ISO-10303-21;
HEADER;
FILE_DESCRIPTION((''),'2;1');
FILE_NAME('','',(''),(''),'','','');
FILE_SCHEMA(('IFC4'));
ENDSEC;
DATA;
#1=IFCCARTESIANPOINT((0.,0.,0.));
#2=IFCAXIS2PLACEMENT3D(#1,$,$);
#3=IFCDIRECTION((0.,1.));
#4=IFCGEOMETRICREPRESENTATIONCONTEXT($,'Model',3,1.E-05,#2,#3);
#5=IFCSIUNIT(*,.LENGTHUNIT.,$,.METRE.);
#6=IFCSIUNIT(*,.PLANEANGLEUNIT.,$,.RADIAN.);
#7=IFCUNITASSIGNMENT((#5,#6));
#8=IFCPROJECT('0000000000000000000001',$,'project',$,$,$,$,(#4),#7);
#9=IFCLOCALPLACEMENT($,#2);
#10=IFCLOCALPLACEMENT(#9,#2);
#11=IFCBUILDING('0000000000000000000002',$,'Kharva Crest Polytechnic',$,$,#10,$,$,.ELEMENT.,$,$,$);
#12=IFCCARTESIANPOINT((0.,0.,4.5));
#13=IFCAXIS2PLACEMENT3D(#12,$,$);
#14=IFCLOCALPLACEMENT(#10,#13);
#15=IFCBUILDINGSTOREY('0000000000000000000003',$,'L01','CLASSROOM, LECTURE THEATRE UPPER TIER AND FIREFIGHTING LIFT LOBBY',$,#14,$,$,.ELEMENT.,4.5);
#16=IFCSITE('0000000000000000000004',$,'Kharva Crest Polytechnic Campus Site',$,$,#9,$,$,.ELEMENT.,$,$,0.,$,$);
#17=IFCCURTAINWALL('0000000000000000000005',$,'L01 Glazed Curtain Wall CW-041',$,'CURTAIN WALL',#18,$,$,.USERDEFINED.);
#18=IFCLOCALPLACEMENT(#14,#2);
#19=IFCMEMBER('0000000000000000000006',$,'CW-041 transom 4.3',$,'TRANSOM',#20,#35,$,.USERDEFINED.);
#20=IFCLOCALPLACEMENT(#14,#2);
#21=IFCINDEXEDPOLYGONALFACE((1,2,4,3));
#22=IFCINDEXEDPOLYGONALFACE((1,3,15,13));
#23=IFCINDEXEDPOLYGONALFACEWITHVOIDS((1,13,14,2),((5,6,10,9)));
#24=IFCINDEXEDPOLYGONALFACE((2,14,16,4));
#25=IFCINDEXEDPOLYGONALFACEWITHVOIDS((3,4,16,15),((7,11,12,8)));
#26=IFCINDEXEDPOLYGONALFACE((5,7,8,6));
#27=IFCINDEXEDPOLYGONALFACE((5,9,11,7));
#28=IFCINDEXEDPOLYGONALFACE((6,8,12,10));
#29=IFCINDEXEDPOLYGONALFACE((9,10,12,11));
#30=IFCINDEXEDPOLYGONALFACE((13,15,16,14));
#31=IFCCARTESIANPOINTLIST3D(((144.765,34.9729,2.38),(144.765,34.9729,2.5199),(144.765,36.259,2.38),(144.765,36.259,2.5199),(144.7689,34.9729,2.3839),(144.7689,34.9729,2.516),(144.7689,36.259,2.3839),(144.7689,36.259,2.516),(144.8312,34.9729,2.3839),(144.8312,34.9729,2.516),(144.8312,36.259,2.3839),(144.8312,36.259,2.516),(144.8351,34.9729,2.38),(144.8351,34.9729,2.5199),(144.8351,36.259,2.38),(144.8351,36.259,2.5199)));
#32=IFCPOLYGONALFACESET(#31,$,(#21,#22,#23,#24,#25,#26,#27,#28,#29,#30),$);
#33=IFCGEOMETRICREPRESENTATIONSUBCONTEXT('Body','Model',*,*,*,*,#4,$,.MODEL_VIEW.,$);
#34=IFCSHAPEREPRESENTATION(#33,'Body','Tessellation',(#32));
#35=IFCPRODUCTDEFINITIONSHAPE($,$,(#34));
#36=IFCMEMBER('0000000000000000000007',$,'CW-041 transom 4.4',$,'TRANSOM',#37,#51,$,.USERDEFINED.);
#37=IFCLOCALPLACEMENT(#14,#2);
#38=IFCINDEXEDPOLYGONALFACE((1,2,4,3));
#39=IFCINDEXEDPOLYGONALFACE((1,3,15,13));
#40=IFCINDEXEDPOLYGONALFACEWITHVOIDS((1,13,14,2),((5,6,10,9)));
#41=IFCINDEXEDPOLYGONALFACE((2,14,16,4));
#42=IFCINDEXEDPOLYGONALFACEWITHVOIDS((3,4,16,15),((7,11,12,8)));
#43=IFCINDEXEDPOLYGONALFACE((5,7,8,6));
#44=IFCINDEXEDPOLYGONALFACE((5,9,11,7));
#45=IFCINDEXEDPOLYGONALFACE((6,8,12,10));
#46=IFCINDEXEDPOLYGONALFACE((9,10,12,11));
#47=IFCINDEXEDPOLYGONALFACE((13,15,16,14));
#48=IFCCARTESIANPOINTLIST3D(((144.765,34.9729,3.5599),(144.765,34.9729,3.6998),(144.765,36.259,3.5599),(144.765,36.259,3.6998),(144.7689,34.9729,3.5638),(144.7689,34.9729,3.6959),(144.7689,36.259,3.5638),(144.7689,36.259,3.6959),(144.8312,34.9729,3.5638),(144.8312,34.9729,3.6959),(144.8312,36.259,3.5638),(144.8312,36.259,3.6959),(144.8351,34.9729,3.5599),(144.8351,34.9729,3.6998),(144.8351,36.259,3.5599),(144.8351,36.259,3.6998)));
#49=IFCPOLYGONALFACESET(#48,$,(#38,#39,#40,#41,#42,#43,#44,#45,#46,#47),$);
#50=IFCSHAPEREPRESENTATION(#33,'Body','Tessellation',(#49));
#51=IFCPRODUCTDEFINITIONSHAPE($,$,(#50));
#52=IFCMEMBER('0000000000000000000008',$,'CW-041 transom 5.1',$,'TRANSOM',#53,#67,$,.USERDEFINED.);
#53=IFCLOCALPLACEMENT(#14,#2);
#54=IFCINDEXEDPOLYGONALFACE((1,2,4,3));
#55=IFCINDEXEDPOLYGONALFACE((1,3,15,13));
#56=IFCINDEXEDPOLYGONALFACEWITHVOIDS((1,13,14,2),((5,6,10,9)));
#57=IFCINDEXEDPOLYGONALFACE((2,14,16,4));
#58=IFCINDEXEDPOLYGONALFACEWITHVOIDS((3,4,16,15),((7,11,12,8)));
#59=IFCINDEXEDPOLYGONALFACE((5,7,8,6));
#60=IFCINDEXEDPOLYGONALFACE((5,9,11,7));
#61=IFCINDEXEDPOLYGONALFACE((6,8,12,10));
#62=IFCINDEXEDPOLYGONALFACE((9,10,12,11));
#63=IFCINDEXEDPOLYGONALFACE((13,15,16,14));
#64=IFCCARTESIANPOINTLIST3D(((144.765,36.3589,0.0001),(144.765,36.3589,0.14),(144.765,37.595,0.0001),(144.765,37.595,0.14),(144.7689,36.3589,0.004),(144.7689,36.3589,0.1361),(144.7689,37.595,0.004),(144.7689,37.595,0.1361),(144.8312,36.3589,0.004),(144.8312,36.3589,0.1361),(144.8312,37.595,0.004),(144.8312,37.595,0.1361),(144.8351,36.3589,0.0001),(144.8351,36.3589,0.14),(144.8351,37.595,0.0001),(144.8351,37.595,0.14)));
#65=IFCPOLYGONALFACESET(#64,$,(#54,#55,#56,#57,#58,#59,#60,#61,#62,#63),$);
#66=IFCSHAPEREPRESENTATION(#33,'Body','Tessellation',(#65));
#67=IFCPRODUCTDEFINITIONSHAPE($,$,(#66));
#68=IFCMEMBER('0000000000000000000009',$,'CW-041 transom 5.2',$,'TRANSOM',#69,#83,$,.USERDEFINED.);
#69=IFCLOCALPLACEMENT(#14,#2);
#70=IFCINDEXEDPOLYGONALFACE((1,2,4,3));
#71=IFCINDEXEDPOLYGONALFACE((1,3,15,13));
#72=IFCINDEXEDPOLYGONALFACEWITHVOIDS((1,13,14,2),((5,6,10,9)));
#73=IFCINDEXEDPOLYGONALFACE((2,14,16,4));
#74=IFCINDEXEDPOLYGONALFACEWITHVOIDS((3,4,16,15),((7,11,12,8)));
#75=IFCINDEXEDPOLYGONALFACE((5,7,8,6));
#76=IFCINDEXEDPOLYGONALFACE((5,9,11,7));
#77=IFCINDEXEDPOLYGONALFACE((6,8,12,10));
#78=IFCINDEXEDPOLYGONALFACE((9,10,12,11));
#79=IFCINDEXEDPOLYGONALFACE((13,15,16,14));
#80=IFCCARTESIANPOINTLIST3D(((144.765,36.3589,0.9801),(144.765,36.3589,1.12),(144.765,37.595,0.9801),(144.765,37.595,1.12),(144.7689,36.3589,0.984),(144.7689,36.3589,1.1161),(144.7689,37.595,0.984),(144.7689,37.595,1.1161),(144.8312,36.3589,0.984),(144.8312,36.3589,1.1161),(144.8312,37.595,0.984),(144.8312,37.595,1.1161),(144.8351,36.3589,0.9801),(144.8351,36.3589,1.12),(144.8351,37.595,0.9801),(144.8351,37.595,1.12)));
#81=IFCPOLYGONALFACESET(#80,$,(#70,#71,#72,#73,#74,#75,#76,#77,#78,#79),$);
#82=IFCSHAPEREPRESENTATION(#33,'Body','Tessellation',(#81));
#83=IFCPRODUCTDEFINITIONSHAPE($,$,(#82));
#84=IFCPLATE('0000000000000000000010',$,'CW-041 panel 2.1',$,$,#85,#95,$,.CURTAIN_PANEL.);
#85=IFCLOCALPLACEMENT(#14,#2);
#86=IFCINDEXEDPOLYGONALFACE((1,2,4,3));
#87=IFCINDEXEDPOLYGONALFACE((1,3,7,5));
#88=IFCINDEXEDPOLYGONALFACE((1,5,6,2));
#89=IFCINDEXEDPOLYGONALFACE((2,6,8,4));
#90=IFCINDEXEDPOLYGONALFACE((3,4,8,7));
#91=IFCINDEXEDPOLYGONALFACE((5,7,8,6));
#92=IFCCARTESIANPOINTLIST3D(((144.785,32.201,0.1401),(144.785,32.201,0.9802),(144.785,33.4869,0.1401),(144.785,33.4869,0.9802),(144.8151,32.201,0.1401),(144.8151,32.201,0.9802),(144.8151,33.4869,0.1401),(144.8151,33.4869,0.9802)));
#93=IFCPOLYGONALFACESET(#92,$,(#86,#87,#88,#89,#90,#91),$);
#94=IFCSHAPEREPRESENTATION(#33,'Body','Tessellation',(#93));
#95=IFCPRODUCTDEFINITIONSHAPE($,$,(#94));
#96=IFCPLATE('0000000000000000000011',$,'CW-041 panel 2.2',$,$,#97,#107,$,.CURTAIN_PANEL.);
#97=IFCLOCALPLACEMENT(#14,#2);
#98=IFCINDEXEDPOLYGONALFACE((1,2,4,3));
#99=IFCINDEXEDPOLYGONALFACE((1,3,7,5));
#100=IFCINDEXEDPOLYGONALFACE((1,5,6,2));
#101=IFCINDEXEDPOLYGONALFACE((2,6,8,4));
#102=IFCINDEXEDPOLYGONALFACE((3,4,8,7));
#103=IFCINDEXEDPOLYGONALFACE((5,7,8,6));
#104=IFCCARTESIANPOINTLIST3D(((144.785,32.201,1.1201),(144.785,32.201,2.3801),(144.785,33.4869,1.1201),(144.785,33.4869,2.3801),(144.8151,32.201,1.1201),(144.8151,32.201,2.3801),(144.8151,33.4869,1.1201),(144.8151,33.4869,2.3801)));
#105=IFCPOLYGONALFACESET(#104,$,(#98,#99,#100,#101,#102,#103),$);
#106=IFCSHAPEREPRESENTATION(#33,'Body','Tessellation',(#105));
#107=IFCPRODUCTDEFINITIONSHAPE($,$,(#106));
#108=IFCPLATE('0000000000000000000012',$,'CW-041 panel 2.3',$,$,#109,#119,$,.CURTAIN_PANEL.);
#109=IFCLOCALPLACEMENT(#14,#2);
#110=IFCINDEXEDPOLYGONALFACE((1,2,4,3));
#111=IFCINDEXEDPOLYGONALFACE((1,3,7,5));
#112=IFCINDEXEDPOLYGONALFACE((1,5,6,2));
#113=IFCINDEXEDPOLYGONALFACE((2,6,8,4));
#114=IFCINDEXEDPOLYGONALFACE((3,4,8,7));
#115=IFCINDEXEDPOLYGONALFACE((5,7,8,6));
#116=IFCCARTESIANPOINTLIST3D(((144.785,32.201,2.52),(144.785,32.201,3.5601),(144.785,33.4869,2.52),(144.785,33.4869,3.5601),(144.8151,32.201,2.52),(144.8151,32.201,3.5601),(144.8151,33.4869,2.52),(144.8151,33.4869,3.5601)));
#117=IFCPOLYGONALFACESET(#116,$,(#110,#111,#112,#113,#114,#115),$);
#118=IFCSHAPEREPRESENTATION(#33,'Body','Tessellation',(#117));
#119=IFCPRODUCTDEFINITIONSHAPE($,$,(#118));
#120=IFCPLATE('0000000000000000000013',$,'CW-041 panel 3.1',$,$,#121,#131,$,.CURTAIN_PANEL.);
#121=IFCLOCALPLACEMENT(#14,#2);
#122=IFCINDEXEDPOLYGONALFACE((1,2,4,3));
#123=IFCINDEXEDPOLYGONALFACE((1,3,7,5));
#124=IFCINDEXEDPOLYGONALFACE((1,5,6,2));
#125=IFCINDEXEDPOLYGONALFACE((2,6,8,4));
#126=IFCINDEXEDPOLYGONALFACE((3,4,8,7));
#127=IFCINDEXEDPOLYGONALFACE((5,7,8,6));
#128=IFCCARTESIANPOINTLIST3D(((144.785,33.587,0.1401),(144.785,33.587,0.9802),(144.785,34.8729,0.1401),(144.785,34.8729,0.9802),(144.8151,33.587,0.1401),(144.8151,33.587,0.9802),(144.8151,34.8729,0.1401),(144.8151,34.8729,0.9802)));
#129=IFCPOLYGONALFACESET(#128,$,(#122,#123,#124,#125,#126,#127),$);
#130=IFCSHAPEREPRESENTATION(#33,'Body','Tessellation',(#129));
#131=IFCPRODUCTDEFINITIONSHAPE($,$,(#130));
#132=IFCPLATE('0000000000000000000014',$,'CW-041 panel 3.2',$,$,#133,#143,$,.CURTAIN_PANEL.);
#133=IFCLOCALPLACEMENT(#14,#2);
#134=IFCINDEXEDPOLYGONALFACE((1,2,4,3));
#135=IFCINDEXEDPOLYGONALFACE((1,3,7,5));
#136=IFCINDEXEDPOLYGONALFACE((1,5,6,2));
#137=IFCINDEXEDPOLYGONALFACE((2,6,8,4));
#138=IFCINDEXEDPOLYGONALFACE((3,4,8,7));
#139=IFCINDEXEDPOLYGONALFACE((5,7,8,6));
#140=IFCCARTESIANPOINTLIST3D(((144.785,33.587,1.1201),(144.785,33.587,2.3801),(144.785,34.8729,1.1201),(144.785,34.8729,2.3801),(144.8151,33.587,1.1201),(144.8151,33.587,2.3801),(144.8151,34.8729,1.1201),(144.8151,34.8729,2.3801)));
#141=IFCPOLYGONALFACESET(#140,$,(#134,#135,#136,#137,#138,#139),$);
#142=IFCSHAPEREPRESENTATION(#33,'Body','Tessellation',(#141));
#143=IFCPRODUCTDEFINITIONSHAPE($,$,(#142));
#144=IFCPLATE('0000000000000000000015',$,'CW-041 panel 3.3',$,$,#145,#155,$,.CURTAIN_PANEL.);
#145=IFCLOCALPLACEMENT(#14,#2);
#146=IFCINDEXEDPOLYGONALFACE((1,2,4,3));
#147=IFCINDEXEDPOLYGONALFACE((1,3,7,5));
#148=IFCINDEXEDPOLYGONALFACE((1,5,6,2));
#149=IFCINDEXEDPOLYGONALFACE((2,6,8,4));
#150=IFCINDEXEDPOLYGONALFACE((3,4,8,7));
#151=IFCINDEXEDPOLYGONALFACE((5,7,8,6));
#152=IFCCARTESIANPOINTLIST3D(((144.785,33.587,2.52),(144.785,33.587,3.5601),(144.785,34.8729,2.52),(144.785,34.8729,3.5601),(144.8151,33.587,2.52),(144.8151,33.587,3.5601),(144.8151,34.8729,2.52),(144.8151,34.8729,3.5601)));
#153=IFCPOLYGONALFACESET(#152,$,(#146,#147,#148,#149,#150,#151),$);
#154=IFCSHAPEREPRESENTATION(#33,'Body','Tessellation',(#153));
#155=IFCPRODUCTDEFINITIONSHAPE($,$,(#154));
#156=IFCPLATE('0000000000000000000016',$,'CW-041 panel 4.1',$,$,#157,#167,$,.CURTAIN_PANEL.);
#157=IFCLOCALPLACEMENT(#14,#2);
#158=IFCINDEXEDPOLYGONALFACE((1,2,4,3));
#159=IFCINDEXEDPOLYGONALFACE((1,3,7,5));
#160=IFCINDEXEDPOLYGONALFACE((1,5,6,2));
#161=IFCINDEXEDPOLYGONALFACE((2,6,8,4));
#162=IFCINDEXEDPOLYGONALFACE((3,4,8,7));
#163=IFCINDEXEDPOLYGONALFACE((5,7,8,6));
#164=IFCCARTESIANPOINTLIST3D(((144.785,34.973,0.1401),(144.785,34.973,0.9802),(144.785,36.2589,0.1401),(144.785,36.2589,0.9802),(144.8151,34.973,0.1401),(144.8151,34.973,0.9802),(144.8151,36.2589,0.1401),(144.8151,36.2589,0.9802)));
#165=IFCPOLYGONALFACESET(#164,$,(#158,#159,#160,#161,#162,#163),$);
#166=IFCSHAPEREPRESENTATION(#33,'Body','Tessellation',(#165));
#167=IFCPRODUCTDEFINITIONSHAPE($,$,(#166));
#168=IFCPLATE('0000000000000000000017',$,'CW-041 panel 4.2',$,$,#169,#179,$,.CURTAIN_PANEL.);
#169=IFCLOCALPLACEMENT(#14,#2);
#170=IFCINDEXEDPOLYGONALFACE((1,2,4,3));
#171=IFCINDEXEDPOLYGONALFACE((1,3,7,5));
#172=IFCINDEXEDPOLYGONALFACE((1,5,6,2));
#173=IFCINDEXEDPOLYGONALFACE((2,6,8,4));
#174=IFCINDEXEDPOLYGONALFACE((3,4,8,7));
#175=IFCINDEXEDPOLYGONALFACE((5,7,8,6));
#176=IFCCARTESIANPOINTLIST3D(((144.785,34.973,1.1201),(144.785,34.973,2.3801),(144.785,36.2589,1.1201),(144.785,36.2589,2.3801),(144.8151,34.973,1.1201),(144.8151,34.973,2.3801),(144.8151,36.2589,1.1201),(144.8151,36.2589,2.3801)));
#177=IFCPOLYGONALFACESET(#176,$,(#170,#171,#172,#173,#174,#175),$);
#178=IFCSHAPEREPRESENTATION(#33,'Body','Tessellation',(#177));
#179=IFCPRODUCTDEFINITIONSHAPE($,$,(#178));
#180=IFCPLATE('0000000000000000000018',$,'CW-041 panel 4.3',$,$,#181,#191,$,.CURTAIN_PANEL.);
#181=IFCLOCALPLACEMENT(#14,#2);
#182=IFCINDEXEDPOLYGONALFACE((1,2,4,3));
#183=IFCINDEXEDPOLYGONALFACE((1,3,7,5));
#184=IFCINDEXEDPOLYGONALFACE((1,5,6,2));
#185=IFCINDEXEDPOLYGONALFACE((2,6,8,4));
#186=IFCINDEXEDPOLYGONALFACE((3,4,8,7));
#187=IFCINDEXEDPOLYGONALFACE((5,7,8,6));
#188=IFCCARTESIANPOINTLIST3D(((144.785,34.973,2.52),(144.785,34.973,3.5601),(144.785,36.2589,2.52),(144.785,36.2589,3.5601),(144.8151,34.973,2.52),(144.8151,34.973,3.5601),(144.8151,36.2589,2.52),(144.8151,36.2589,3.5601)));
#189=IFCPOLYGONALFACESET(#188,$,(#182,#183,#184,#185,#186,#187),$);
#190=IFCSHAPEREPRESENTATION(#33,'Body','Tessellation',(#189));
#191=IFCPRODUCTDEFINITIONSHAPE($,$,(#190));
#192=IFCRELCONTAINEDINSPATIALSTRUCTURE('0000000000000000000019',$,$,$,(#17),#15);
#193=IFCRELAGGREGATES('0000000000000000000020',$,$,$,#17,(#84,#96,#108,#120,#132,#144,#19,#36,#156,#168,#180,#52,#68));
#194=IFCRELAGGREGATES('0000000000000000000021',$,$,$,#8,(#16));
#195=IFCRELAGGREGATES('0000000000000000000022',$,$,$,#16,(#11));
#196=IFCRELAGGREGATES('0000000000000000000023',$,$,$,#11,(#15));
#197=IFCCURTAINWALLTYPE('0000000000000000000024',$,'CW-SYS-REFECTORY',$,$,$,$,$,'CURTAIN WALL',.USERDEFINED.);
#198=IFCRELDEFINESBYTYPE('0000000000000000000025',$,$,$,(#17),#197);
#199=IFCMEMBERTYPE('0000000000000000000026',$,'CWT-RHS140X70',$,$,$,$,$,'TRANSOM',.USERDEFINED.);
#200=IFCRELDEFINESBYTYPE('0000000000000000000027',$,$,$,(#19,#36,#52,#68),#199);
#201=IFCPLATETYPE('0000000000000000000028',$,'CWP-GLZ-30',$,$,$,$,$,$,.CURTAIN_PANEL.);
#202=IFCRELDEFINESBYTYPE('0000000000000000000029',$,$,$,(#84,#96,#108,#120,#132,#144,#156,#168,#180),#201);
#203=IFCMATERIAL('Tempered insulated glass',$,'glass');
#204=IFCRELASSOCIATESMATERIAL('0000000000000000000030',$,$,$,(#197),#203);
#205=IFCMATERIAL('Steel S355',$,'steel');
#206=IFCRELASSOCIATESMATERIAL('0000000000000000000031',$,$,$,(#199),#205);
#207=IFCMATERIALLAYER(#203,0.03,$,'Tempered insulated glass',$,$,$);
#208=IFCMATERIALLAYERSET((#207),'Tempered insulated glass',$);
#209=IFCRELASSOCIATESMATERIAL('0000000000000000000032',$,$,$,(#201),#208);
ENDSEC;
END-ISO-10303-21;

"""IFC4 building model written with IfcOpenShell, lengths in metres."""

from ifc_helpers import new_model, si_unit, direction, frame, origin, origin_2d, place, context, subcontext, project, spatial, rectangle, hollow_rectangle, extrude, material, layer, layer_set, material_profile, profile_set, type_object, element, aggregate, save


model = new_model("IFC4")

# Units and contexts
model_context = context("Model", 3, precision=1e-05, world=origin(), true_north=direction((0.0, 1.0)))
body_context = subcontext(model_context, "Body", "Model", "MODEL_VIEW")
ifc_project = project(units=[si_unit("LENGTHUNIT", "METRE"), si_unit("PLANEANGLEUNIT", "RADIAN")], contexts=[model_context])

# Site, building, storey
site_placement = place(None, origin())
site = spatial("IfcSite", under=ifc_project, at=site_placement, Name="Kharva Crest Polytechnic Campus Site", CompositionType="ELEMENT", RefElevation=0.0)
building_placement = place(site_placement, origin())
building = spatial("IfcBuilding", under=site, at=building_placement, Name="Kharva Crest Polytechnic", CompositionType="ELEMENT")
storey_placement = place(building_placement, frame((0.0, 0.0, 4.5)))
storey = spatial("IfcBuildingStorey", under=building, at=storey_placement, Name="L01", Description="CLASSROOM, LECTURE THEATRE UPPER TIER AND FIREFIGHTING LIFT LOBBY", CompositionType="ELEMENT", Elevation=4.5)

# Curtain wall, members, plates
ifc_material_1 = material(Name="Tempered insulated glass", Category="glass")
curtain_wall_type = type_object("IfcCurtainWallType", Name="CW-SYS-REFECTORY", ElementType="CURTAIN WALL", PredefinedType="USERDEFINED", material=ifc_material_1)
curtain_wall_placement = place(storey_placement, origin())
curtain_wall = element("IfcCurtainWall", 1, at=curtain_wall_placement, inside=storey, type_object=curtain_wall_type, Name="L01 Glazed Curtain Wall CW-041", ObjectType="CURTAIN WALL", PredefinedType="USERDEFINED")
ifc_material_2 = material(Name="Steel S355", Category="steel")
ifc_material_profile_1 = material_profile(ifc_material_2, hollow_rectangle(XDim=0.0701, YDim=0.1399, WallThickness=0.0039, at=origin_2d()), Name="RHS 140X70X4.0")
ifc_profile_set_1 = profile_set([ifc_material_profile_1], Name="Steel S355")
member_type_1 = type_object("IfcMemberType", Name="CWT-RHS140X70", ElementType="TRANSOM", PredefinedType="USERDEFINED", material=ifc_profile_set_1)
member_1_placement = place(storey_placement, frame((144.8, 34.9729, 2.45), z_axis=(0.0, 1.0, 0.0), x_axis=(-1.0, 0.0, 0.0)))
member_1 = element("IfcMember", 2, at=member_1_placement, type_object=member_type_1, Name="CW-041 transom 4.3", ObjectType="TRANSOM", PredefinedType="USERDEFINED", context=body_context, shape_type="SweptSolid", body=[
    extrude(hollow_rectangle(XDim=0.0701, YDim=0.1399, WallThickness=0.0039, at=origin_2d()), origin(), (0.0, 0.0, 1.0), 1.2861),
])
member_2_placement = place(storey_placement, frame((144.8, 34.9729, 3.6299), z_axis=(0.0, 1.0, 0.0), x_axis=(-1.0, 0.0, 0.0)))
member_2 = element("IfcMember", 3, at=member_2_placement, type_object=member_type_1, Name="CW-041 transom 4.4", ObjectType="TRANSOM", PredefinedType="USERDEFINED", context=body_context, shape_type="SweptSolid", body=[
    extrude(hollow_rectangle(XDim=0.0701, YDim=0.1399, WallThickness=0.0039, at=origin_2d()), origin(), (0.0, 0.0, 1.0), 1.2861),
])
member_3_placement = place(storey_placement, frame((144.8, 36.3589, 0.0701), z_axis=(0.0, 1.0, 0.0), x_axis=(-1.0, 0.0, 0.0)))
member_3 = element("IfcMember", 4, at=member_3_placement, type_object=member_type_1, Name="CW-041 transom 5.1", ObjectType="TRANSOM", PredefinedType="USERDEFINED", context=body_context, shape_type="SweptSolid", body=[
    extrude(hollow_rectangle(XDim=0.0701, YDim=0.1399, WallThickness=0.0039, at=origin_2d()), origin(), (0.0, 0.0, 1.0), 1.2361),
])
member_4_placement = place(storey_placement, frame((144.8, 36.3589, 1.05), z_axis=(0.0, 1.0, 0.0), x_axis=(-1.0, 0.0, 0.0)))
member_4 = element("IfcMember", 5, at=member_4_placement, type_object=member_type_1, Name="CW-041 transom 5.2", ObjectType="TRANSOM", PredefinedType="USERDEFINED", context=body_context, shape_type="SweptSolid", body=[
    extrude(hollow_rectangle(XDim=0.0701, YDim=0.1399, WallThickness=0.0039, at=origin_2d()), origin(), (0.0, 0.0, 1.0), 1.2361),
])
ifc_layer = layer(ifc_material_1, 0.03, Name="Tempered insulated glass")
ifc_layer_set = layer_set([ifc_layer], Name="Tempered insulated glass")
plate_type = type_object("IfcPlateType", Name="CWP-GLZ-30", PredefinedType="CURTAIN_PANEL", material=ifc_layer_set)
plate_1_placement = place(storey_placement, frame((144.8, 32.844, 0.1401), z_axis=(0.0, 0.0, 1.0), x_axis=(0.0, 1.0, 0.0)))
plate_1 = element("IfcPlate", 6, at=plate_1_placement, type_object=plate_type, Name="CW-041 panel 2.1", PredefinedType="CURTAIN_PANEL", context=body_context, shape_type="SweptSolid", body=[
    extrude(rectangle(XDim=1.2859, YDim=0.03, at=origin_2d()), origin(), (0.0, 0.0, 1.0), 0.8401),
])
plate_2_placement = place(storey_placement, frame((144.8, 32.844, 1.1201), z_axis=(0.0, 0.0, 1.0), x_axis=(0.0, 1.0, 0.0)))
plate_2 = element("IfcPlate", 7, at=plate_2_placement, type_object=plate_type, Name="CW-041 panel 2.2", PredefinedType="CURTAIN_PANEL", context=body_context, shape_type="SweptSolid", body=[
    extrude(rectangle(XDim=1.2859, YDim=0.03, at=origin_2d()), origin(), (0.0, 0.0, 1.0), 1.26),
])
plate_3_placement = place(storey_placement, frame((144.8, 32.844, 2.52), z_axis=(0.0, 0.0, 1.0), x_axis=(0.0, 1.0, 0.0)))
plate_3 = element("IfcPlate", 8, at=plate_3_placement, type_object=plate_type, Name="CW-041 panel 2.3", PredefinedType="CURTAIN_PANEL", context=body_context, shape_type="SweptSolid", body=[
    extrude(rectangle(XDim=1.2859, YDim=0.03, at=origin_2d()), origin(), (0.0, 0.0, 1.0), 1.04),
])
plate_4_placement = place(storey_placement, frame((144.8, 34.23, 0.1401), z_axis=(0.0, 0.0, 1.0), x_axis=(0.0, 1.0, 0.0)))
plate_4 = element("IfcPlate", 9, at=plate_4_placement, type_object=plate_type, Name="CW-041 panel 3.1", PredefinedType="CURTAIN_PANEL", context=body_context, shape_type="SweptSolid", body=[
    extrude(rectangle(XDim=1.2859, YDim=0.03, at=origin_2d()), origin(), (0.0, 0.0, 1.0), 0.8401),
])
plate_5_placement = place(storey_placement, frame((144.8, 34.23, 1.1201), z_axis=(0.0, 0.0, 1.0), x_axis=(0.0, 1.0, 0.0)))
plate_5 = element("IfcPlate", 10, at=plate_5_placement, type_object=plate_type, Name="CW-041 panel 3.2", PredefinedType="CURTAIN_PANEL", context=body_context, shape_type="SweptSolid", body=[
    extrude(rectangle(XDim=1.2859, YDim=0.03, at=origin_2d()), origin(), (0.0, 0.0, 1.0), 1.26),
])
plate_6_placement = place(storey_placement, frame((144.8, 34.23, 2.52), z_axis=(0.0, 0.0, 1.0), x_axis=(0.0, 1.0, 0.0)))
plate_6 = element("IfcPlate", 11, at=plate_6_placement, type_object=plate_type, Name="CW-041 panel 3.3", PredefinedType="CURTAIN_PANEL", context=body_context, shape_type="SweptSolid", body=[
    extrude(rectangle(XDim=1.2859, YDim=0.03, at=origin_2d()), origin(), (0.0, 0.0, 1.0), 1.04),
])
plate_7_placement = place(storey_placement, frame((144.8, 35.616, 0.1401), z_axis=(0.0, 0.0, 1.0), x_axis=(0.0, 1.0, 0.0)))
plate_7 = element("IfcPlate", 12, at=plate_7_placement, type_object=plate_type, Name="CW-041 panel 4.1", PredefinedType="CURTAIN_PANEL", context=body_context, shape_type="SweptSolid", body=[
    extrude(rectangle(XDim=1.2859, YDim=0.03, at=origin_2d()), origin(), (0.0, 0.0, 1.0), 0.8401),
])
plate_8_placement = place(storey_placement, frame((144.8, 35.616, 1.1201), z_axis=(0.0, 0.0, 1.0), x_axis=(0.0, 1.0, 0.0)))
plate_8 = element("IfcPlate", 13, at=plate_8_placement, type_object=plate_type, Name="CW-041 panel 4.2", PredefinedType="CURTAIN_PANEL", context=body_context, shape_type="SweptSolid", body=[
    extrude(rectangle(XDim=1.2859, YDim=0.03, at=origin_2d()), origin(), (0.0, 0.0, 1.0), 1.26),
])
plate_9_placement = place(storey_placement, frame((144.8, 35.616, 2.52), z_axis=(0.0, 0.0, 1.0), x_axis=(0.0, 1.0, 0.0)))
plate_9 = element("IfcPlate", 14, at=plate_9_placement, type_object=plate_type, Name="CW-041 panel 4.3", PredefinedType="CURTAIN_PANEL", context=body_context, shape_type="SweptSolid", body=[
    extrude(rectangle(XDim=1.2859, YDim=0.03, at=origin_2d()), origin(), (0.0, 0.0, 1.0), 1.04),
])
aggregate(curtain_wall, [plate_1, plate_2, plate_3, plate_4, plate_5, plate_6, member_1, member_2, plate_7, plate_8, plate_9, member_3, member_4])

save(model, "model.ifc")
